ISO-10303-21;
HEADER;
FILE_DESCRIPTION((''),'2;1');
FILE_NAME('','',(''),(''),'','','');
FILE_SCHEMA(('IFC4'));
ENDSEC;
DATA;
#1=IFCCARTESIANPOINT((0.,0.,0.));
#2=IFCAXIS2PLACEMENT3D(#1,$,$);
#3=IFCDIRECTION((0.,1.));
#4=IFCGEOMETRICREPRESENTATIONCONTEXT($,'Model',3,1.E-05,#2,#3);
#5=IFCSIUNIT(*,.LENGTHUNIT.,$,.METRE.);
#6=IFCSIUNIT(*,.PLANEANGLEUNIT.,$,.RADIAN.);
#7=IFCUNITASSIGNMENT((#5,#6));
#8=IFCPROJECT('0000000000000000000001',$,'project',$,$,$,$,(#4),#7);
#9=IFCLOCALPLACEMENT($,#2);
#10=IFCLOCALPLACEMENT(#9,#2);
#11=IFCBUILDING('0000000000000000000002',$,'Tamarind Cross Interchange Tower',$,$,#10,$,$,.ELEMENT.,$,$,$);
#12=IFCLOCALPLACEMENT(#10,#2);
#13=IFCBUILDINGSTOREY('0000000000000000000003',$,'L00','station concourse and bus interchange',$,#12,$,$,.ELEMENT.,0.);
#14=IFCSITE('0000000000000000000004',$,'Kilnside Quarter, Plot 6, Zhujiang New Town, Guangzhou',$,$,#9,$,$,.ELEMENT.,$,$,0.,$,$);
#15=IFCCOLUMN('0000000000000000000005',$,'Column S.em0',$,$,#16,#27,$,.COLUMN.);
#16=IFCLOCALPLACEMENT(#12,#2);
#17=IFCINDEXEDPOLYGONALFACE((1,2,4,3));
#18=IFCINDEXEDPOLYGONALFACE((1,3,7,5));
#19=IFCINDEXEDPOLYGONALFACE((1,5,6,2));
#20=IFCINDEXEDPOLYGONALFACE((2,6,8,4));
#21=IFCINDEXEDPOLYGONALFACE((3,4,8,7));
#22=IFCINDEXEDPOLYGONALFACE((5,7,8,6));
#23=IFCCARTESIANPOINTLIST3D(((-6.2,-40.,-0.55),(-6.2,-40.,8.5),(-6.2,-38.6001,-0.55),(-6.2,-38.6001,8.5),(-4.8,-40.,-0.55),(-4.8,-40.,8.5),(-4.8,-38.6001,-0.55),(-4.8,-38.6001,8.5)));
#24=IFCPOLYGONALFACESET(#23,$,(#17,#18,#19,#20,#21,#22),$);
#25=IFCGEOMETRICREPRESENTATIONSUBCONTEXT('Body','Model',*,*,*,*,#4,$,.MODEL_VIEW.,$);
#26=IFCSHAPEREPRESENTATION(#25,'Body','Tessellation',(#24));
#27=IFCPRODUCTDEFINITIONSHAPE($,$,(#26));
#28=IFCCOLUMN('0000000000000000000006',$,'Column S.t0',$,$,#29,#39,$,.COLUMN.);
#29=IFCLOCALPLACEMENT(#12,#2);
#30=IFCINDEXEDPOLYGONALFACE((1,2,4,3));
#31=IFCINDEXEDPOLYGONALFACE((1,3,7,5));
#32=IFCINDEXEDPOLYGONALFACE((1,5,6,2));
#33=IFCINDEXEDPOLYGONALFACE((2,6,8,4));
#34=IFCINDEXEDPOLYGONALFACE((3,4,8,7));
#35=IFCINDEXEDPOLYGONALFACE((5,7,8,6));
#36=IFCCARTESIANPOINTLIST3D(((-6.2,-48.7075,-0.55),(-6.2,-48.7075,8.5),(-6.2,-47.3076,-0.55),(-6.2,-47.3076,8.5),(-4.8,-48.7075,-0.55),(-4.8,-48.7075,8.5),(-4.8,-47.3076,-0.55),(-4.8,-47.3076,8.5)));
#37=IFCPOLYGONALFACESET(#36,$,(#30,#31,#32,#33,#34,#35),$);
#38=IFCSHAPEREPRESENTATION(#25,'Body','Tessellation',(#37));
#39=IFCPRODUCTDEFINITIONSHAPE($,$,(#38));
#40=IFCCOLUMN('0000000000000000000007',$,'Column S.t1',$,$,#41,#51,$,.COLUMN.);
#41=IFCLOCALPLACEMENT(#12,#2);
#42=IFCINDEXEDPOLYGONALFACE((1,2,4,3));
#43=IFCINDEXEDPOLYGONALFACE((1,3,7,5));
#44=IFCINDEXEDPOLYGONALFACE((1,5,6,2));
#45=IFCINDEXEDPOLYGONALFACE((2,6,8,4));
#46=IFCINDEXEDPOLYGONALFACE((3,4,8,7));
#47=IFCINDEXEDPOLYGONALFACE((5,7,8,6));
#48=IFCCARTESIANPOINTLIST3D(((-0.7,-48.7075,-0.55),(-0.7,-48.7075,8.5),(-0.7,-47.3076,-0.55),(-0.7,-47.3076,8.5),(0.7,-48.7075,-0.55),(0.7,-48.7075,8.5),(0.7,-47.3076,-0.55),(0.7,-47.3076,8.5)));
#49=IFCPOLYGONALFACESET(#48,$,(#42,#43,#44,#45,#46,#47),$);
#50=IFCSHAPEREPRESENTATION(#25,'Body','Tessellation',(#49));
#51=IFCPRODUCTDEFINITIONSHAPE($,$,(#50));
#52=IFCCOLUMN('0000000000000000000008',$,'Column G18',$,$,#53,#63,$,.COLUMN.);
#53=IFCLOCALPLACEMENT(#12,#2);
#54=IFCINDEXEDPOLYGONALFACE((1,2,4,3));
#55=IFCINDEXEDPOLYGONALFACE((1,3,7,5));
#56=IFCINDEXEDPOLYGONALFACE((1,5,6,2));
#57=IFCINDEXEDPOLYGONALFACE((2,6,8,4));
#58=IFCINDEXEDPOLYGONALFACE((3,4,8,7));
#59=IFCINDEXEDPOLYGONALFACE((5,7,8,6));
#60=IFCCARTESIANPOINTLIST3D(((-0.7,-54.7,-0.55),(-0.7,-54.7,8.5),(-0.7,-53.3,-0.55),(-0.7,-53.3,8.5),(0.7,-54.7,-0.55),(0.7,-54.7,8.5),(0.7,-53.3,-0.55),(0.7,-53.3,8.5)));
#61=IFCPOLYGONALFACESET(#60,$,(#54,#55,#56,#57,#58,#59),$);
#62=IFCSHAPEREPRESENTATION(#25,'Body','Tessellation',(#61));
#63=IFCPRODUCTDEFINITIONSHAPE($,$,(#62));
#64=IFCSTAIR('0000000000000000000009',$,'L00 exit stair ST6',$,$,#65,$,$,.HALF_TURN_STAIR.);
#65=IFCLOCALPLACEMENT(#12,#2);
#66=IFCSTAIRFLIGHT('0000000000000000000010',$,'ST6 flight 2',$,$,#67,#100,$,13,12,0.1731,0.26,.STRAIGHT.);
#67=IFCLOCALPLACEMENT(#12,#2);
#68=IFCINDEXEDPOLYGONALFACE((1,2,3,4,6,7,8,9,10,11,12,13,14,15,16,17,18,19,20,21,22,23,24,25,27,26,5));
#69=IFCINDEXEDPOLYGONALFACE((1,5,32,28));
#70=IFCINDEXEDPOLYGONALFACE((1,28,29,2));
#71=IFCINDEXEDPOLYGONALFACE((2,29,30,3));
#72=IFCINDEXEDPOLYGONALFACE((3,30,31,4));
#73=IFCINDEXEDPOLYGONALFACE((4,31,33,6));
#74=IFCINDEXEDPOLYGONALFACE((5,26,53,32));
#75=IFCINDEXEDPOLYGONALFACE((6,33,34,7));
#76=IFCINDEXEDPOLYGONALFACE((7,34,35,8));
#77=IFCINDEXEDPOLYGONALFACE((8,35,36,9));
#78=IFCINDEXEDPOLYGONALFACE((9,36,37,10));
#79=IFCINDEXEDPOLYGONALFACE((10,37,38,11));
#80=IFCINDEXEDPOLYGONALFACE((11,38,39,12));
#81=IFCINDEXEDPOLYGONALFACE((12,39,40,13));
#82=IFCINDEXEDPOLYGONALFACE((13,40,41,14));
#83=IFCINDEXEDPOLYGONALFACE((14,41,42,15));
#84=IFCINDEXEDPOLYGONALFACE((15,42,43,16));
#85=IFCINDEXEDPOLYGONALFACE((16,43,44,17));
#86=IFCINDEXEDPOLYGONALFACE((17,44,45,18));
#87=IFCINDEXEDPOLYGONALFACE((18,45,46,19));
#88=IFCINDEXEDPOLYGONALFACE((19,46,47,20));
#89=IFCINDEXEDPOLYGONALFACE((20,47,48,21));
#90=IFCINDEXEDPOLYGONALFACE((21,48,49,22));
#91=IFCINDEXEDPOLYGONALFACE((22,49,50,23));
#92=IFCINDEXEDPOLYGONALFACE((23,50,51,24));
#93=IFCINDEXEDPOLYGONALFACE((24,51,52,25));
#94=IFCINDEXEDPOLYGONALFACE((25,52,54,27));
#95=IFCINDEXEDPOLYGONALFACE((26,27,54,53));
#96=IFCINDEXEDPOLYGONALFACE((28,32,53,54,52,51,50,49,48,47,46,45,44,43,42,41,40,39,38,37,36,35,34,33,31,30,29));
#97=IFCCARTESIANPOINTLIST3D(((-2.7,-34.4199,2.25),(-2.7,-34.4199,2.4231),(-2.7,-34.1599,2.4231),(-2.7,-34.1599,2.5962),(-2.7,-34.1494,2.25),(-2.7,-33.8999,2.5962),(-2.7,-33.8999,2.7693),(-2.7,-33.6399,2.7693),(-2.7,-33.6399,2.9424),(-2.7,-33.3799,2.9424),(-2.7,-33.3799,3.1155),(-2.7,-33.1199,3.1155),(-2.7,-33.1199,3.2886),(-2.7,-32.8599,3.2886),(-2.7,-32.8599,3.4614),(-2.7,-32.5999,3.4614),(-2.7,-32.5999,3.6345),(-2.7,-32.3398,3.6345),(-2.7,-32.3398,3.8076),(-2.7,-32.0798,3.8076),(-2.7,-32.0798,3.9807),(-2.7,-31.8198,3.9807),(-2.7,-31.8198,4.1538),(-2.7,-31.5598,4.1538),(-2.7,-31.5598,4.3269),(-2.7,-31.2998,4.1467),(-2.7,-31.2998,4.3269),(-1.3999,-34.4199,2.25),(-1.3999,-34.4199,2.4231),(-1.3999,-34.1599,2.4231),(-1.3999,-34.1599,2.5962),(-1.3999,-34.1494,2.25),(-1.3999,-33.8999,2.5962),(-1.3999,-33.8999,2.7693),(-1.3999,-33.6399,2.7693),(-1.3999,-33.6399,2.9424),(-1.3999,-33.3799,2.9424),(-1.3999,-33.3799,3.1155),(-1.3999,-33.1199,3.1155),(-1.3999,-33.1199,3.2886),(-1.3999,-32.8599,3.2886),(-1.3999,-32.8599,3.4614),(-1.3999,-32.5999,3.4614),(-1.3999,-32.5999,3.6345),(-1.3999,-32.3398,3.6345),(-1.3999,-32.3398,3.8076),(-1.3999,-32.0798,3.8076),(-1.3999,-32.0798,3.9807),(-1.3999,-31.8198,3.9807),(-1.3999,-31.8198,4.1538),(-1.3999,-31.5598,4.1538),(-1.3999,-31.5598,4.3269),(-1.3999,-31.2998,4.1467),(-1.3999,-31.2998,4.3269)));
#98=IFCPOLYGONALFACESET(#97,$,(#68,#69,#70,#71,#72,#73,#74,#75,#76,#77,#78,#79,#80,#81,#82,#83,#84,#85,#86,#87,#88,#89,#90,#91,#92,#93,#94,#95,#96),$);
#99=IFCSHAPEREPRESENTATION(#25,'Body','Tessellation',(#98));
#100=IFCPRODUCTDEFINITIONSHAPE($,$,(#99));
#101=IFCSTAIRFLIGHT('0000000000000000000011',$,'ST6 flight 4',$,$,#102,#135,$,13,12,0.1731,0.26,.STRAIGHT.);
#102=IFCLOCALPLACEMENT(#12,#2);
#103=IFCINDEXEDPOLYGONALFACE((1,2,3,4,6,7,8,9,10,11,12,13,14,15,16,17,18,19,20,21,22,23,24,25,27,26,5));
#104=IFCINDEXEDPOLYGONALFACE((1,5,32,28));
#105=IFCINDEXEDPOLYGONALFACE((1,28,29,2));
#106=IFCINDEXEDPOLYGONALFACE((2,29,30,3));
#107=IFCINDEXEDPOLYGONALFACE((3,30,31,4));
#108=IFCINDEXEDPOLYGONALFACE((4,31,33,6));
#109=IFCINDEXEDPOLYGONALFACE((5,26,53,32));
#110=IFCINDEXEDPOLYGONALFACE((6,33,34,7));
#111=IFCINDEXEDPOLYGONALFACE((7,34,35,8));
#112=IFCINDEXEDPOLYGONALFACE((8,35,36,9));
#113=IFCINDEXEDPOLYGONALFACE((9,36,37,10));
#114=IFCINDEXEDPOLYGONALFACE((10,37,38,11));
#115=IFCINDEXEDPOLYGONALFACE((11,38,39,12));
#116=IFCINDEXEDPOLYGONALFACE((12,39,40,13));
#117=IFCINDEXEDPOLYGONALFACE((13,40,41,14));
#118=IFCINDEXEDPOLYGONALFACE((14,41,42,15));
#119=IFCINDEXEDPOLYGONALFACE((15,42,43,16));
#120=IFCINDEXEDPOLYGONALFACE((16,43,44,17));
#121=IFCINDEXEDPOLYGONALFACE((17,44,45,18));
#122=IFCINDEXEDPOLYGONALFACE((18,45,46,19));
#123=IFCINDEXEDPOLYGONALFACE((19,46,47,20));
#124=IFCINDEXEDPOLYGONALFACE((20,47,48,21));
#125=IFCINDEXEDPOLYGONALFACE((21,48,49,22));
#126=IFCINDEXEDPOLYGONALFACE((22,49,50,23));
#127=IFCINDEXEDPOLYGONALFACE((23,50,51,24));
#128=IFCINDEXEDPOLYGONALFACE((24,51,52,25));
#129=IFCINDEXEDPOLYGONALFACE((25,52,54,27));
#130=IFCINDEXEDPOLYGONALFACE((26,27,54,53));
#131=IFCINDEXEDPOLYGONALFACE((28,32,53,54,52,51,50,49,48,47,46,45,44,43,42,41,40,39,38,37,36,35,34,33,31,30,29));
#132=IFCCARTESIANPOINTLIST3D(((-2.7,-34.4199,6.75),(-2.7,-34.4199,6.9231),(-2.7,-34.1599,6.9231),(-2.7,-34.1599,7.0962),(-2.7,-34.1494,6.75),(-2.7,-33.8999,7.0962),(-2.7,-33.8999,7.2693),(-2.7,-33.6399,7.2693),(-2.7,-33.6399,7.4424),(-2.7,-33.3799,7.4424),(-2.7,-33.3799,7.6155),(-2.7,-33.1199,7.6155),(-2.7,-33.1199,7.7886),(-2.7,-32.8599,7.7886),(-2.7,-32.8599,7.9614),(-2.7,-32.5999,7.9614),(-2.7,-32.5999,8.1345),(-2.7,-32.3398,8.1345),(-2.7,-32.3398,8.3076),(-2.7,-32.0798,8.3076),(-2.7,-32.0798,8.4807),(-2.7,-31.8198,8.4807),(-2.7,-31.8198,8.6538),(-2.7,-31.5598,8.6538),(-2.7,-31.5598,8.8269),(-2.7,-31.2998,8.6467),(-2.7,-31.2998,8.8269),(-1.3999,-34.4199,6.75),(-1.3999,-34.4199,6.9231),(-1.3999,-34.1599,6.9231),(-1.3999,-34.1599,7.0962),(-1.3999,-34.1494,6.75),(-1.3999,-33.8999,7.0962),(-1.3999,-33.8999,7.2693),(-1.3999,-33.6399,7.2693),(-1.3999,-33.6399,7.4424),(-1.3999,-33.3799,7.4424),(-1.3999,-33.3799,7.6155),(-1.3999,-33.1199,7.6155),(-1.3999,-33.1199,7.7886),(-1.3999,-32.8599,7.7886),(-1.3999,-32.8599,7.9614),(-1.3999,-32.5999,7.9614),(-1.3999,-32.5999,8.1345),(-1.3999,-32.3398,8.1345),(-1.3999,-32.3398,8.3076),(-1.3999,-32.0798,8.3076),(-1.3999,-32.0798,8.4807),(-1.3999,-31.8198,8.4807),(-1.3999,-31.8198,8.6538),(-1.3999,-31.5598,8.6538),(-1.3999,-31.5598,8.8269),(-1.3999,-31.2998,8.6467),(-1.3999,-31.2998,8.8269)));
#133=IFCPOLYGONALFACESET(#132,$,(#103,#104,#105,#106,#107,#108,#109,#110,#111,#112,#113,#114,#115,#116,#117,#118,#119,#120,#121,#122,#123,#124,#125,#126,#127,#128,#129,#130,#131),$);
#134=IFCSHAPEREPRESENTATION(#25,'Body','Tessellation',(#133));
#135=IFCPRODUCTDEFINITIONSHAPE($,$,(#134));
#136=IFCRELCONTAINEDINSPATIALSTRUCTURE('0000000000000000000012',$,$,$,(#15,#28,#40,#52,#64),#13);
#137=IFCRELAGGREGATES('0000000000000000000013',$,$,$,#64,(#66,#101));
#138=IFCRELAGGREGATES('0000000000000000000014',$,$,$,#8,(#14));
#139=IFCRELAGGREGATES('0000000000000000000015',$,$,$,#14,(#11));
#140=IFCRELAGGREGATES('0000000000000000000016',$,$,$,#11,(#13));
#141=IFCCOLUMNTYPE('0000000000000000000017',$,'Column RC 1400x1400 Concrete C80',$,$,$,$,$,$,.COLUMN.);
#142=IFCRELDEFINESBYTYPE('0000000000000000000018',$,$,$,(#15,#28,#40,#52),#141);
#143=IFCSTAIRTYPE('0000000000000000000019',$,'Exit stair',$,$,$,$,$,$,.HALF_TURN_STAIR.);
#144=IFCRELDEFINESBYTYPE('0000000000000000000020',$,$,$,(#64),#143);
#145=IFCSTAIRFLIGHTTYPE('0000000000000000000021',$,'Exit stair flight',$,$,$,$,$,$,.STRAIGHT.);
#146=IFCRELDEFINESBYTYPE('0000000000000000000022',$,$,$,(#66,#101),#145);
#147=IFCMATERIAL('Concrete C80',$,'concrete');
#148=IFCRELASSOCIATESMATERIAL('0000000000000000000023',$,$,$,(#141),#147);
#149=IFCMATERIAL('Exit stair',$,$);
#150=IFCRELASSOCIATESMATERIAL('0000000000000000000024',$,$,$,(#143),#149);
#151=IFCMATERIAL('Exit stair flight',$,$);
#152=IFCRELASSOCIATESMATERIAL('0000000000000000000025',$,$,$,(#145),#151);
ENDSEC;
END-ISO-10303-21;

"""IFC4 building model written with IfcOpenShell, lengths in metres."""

from ifc_helpers import new_model, si_unit, direction, frame, origin, origin_2d, place, context, subcontext, project, spatial, polyline, rectangle, outline, extrude, material, material_profile, profile_set, type_object, element, aggregate, save


model = new_model("IFC4")

# Units and contexts
model_context = context("Model", 3, precision=1e-05, world=origin(), true_north=direction((0.0, 1.0)))
body_context = subcontext(model_context, "Body", "Model", "MODEL_VIEW")
ifc_project = project(units=[si_unit("LENGTHUNIT", "METRE"), si_unit("PLANEANGLEUNIT", "RADIAN")], contexts=[model_context])

# Site, building, storey
site_placement = place(None, origin())
site = spatial("IfcSite", under=ifc_project, at=site_placement, Name="Kilnside Quarter, Plot 6, Zhujiang New Town, Guangzhou", CompositionType="ELEMENT", RefElevation=0.0)
building_placement = place(site_placement, origin())
building = spatial("IfcBuilding", under=site, at=building_placement, Name="Tamarind Cross Interchange Tower", CompositionType="ELEMENT")
storey_placement = place(building_placement, origin())
storey = spatial("IfcBuildingStorey", under=building, at=storey_placement, Name="L00", Description="station concourse and bus interchange", CompositionType="ELEMENT", Elevation=0.0)

# Columns
ifc_material_1 = material(Name="Concrete C80", Category="concrete")
ifc_material_profile = material_profile(ifc_material_1, rectangle(XDim=1.3999, YDim=1.3999, at=origin_2d()), Name="RC 1400x1400")
ifc_profile_set = profile_set([ifc_material_profile], Name="Concrete C80")
column_type = type_object("IfcColumnType", Name="Column RC 1400x1400 Concrete C80", PredefinedType="COLUMN", material=ifc_profile_set)
for number, where, z_axis, x_axis, name in (
    (1, (-5.5, -39.3, -0.55), (0.0, 0.0, 1.0), (1.0, 0.0, 0.0), "Column S.em0"),
    (2, (-5.5, -48.0076, -0.55), (0.0, 0.0, 1.0), (1.0, 0.0, 0.0), "Column S.t0"),
    (3, (0.0, -48.0076, -0.55), (0.0, 0.0, 1.0), (1.0, 0.0, 0.0), "Column S.t1"),
    (4, (0.0, -54.0, -0.55), (0.0, 0.0, 1.0), (1.0, 0.0, 0.0), "Column G18"),
):
    element("IfcColumn", number, at=place(storey_placement, frame(where, z_axis=z_axis, x_axis=x_axis)), inside=storey, type_object=column_type, Name=name, PredefinedType="COLUMN", context=body_context, shape_type="SweptSolid", body=[
        extrude(rectangle(XDim=1.3999, YDim=1.3999, at=origin_2d()), origin(), (0.0, 0.0, 1.0), 9.05),
    ])

# Stair, stair flights
ifc_material_2 = material(Name="Exit stair")
stair_type_1 = type_object("IfcStairType", Name="Exit stair", PredefinedType="HALF_TURN_STAIR", material=ifc_material_2)
stair_1_placement = place(storey_placement, origin())
stair_1 = element("IfcStair", 5, at=stair_1_placement, inside=storey, type_object=stair_type_1, Name="L00 exit stair ST6", PredefinedType="HALF_TURN_STAIR")
ifc_material_3 = material(Name="Exit stair flight")
stair_flight_type_1 = type_object("IfcStairFlightType", Name="Exit stair flight", PredefinedType="STRAIGHT", material=ifc_material_3)
stair_flight_1_placement = place(storey_placement, frame((-2.05, -34.4199, 2.25), z_axis=(0.0, 0.0, 1.0), x_axis=(0.0, 1.0, 0.0)))
stair_flight_1 = element("IfcStairFlight", 6, at=stair_flight_1_placement, type_object=stair_flight_type_1, Name="ST6 flight 2", NumberOfRisers=13, NumberOfTreads=12, PredefinedType="STRAIGHT", RiserHeight=0.1731, TreadLength=0.26, context=body_context, shape_type="SweptSolid", body=[
    extrude(outline(polyline([(0.0, 0.0), (0.0, 0.1731), (0.26, 0.1731), (0.26, 0.3462), (0.52, 0.3462), (0.52, 0.5193), (0.78, 0.5193), (0.78, 0.6924), (1.04, 0.6924), (1.04, 0.8655), (1.3, 0.8655), (1.3, 1.0386), (1.5601, 1.0386), (1.5601, 1.2114), (1.8201, 1.2114), (1.8201, 1.3845), (2.0801, 1.3845), (2.0801, 1.5576), (2.3401, 1.5576), (2.3401, 1.7307), (2.6001, 1.7307), (2.6001, 1.9038), (2.8601, 1.9038), (2.8601, 2.0769), (3.1201, 2.0769), (3.1201, 2.25), (3.1201, 1.8967), (0.2705, 0.0), (0.0, 0.0)])), frame((0.0, 0.6499, 0.0), z_axis=(0.0, -1.0, 0.0), x_axis=(1.0, 0.0, 0.0)), (0.0, 0.0, 1.0), 1.3),
])
stair_flight_2_placement = place(storey_placement, frame((-2.05, -34.4199, 6.75), z_axis=(0.0, 0.0, 1.0), x_axis=(0.0, 1.0, 0.0)))
stair_flight_2 = element("IfcStairFlight", 7, at=stair_flight_2_placement, type_object=stair_flight_type_1, Name="ST6 flight 4", NumberOfRisers=13, NumberOfTreads=12, PredefinedType="STRAIGHT", RiserHeight=0.1731, TreadLength=0.26, context=body_context, shape_type="SweptSolid", body=[
    extrude(outline(polyline([(0.0, 0.0), (0.0, 0.1731), (0.26, 0.1731), (0.26, 0.3462), (0.52, 0.3462), (0.52, 0.5193), (0.78, 0.5193), (0.78, 0.6924), (1.04, 0.6924), (1.04, 0.8655), (1.3, 0.8655), (1.3, 1.0386), (1.5601, 1.0386), (1.5601, 1.2114), (1.8201, 1.2114), (1.8201, 1.3845), (2.0801, 1.3845), (2.0801, 1.5576), (2.3401, 1.5576), (2.3401, 1.7307), (2.6001, 1.7307), (2.6001, 1.9038), (2.8601, 1.9038), (2.8601, 2.0769), (3.1201, 2.0769), (3.1201, 2.25), (3.1201, 1.8967), (0.2705, 0.0), (0.0, 0.0)])), frame((0.0, 0.6499, 0.0), z_axis=(0.0, -1.0, 0.0), x_axis=(1.0, 0.0, 0.0)), (0.0, 0.0, 1.0), 1.3),
])
aggregate(stair_1, [stair_flight_1, stair_flight_2])

save(model, "model.ifc")
